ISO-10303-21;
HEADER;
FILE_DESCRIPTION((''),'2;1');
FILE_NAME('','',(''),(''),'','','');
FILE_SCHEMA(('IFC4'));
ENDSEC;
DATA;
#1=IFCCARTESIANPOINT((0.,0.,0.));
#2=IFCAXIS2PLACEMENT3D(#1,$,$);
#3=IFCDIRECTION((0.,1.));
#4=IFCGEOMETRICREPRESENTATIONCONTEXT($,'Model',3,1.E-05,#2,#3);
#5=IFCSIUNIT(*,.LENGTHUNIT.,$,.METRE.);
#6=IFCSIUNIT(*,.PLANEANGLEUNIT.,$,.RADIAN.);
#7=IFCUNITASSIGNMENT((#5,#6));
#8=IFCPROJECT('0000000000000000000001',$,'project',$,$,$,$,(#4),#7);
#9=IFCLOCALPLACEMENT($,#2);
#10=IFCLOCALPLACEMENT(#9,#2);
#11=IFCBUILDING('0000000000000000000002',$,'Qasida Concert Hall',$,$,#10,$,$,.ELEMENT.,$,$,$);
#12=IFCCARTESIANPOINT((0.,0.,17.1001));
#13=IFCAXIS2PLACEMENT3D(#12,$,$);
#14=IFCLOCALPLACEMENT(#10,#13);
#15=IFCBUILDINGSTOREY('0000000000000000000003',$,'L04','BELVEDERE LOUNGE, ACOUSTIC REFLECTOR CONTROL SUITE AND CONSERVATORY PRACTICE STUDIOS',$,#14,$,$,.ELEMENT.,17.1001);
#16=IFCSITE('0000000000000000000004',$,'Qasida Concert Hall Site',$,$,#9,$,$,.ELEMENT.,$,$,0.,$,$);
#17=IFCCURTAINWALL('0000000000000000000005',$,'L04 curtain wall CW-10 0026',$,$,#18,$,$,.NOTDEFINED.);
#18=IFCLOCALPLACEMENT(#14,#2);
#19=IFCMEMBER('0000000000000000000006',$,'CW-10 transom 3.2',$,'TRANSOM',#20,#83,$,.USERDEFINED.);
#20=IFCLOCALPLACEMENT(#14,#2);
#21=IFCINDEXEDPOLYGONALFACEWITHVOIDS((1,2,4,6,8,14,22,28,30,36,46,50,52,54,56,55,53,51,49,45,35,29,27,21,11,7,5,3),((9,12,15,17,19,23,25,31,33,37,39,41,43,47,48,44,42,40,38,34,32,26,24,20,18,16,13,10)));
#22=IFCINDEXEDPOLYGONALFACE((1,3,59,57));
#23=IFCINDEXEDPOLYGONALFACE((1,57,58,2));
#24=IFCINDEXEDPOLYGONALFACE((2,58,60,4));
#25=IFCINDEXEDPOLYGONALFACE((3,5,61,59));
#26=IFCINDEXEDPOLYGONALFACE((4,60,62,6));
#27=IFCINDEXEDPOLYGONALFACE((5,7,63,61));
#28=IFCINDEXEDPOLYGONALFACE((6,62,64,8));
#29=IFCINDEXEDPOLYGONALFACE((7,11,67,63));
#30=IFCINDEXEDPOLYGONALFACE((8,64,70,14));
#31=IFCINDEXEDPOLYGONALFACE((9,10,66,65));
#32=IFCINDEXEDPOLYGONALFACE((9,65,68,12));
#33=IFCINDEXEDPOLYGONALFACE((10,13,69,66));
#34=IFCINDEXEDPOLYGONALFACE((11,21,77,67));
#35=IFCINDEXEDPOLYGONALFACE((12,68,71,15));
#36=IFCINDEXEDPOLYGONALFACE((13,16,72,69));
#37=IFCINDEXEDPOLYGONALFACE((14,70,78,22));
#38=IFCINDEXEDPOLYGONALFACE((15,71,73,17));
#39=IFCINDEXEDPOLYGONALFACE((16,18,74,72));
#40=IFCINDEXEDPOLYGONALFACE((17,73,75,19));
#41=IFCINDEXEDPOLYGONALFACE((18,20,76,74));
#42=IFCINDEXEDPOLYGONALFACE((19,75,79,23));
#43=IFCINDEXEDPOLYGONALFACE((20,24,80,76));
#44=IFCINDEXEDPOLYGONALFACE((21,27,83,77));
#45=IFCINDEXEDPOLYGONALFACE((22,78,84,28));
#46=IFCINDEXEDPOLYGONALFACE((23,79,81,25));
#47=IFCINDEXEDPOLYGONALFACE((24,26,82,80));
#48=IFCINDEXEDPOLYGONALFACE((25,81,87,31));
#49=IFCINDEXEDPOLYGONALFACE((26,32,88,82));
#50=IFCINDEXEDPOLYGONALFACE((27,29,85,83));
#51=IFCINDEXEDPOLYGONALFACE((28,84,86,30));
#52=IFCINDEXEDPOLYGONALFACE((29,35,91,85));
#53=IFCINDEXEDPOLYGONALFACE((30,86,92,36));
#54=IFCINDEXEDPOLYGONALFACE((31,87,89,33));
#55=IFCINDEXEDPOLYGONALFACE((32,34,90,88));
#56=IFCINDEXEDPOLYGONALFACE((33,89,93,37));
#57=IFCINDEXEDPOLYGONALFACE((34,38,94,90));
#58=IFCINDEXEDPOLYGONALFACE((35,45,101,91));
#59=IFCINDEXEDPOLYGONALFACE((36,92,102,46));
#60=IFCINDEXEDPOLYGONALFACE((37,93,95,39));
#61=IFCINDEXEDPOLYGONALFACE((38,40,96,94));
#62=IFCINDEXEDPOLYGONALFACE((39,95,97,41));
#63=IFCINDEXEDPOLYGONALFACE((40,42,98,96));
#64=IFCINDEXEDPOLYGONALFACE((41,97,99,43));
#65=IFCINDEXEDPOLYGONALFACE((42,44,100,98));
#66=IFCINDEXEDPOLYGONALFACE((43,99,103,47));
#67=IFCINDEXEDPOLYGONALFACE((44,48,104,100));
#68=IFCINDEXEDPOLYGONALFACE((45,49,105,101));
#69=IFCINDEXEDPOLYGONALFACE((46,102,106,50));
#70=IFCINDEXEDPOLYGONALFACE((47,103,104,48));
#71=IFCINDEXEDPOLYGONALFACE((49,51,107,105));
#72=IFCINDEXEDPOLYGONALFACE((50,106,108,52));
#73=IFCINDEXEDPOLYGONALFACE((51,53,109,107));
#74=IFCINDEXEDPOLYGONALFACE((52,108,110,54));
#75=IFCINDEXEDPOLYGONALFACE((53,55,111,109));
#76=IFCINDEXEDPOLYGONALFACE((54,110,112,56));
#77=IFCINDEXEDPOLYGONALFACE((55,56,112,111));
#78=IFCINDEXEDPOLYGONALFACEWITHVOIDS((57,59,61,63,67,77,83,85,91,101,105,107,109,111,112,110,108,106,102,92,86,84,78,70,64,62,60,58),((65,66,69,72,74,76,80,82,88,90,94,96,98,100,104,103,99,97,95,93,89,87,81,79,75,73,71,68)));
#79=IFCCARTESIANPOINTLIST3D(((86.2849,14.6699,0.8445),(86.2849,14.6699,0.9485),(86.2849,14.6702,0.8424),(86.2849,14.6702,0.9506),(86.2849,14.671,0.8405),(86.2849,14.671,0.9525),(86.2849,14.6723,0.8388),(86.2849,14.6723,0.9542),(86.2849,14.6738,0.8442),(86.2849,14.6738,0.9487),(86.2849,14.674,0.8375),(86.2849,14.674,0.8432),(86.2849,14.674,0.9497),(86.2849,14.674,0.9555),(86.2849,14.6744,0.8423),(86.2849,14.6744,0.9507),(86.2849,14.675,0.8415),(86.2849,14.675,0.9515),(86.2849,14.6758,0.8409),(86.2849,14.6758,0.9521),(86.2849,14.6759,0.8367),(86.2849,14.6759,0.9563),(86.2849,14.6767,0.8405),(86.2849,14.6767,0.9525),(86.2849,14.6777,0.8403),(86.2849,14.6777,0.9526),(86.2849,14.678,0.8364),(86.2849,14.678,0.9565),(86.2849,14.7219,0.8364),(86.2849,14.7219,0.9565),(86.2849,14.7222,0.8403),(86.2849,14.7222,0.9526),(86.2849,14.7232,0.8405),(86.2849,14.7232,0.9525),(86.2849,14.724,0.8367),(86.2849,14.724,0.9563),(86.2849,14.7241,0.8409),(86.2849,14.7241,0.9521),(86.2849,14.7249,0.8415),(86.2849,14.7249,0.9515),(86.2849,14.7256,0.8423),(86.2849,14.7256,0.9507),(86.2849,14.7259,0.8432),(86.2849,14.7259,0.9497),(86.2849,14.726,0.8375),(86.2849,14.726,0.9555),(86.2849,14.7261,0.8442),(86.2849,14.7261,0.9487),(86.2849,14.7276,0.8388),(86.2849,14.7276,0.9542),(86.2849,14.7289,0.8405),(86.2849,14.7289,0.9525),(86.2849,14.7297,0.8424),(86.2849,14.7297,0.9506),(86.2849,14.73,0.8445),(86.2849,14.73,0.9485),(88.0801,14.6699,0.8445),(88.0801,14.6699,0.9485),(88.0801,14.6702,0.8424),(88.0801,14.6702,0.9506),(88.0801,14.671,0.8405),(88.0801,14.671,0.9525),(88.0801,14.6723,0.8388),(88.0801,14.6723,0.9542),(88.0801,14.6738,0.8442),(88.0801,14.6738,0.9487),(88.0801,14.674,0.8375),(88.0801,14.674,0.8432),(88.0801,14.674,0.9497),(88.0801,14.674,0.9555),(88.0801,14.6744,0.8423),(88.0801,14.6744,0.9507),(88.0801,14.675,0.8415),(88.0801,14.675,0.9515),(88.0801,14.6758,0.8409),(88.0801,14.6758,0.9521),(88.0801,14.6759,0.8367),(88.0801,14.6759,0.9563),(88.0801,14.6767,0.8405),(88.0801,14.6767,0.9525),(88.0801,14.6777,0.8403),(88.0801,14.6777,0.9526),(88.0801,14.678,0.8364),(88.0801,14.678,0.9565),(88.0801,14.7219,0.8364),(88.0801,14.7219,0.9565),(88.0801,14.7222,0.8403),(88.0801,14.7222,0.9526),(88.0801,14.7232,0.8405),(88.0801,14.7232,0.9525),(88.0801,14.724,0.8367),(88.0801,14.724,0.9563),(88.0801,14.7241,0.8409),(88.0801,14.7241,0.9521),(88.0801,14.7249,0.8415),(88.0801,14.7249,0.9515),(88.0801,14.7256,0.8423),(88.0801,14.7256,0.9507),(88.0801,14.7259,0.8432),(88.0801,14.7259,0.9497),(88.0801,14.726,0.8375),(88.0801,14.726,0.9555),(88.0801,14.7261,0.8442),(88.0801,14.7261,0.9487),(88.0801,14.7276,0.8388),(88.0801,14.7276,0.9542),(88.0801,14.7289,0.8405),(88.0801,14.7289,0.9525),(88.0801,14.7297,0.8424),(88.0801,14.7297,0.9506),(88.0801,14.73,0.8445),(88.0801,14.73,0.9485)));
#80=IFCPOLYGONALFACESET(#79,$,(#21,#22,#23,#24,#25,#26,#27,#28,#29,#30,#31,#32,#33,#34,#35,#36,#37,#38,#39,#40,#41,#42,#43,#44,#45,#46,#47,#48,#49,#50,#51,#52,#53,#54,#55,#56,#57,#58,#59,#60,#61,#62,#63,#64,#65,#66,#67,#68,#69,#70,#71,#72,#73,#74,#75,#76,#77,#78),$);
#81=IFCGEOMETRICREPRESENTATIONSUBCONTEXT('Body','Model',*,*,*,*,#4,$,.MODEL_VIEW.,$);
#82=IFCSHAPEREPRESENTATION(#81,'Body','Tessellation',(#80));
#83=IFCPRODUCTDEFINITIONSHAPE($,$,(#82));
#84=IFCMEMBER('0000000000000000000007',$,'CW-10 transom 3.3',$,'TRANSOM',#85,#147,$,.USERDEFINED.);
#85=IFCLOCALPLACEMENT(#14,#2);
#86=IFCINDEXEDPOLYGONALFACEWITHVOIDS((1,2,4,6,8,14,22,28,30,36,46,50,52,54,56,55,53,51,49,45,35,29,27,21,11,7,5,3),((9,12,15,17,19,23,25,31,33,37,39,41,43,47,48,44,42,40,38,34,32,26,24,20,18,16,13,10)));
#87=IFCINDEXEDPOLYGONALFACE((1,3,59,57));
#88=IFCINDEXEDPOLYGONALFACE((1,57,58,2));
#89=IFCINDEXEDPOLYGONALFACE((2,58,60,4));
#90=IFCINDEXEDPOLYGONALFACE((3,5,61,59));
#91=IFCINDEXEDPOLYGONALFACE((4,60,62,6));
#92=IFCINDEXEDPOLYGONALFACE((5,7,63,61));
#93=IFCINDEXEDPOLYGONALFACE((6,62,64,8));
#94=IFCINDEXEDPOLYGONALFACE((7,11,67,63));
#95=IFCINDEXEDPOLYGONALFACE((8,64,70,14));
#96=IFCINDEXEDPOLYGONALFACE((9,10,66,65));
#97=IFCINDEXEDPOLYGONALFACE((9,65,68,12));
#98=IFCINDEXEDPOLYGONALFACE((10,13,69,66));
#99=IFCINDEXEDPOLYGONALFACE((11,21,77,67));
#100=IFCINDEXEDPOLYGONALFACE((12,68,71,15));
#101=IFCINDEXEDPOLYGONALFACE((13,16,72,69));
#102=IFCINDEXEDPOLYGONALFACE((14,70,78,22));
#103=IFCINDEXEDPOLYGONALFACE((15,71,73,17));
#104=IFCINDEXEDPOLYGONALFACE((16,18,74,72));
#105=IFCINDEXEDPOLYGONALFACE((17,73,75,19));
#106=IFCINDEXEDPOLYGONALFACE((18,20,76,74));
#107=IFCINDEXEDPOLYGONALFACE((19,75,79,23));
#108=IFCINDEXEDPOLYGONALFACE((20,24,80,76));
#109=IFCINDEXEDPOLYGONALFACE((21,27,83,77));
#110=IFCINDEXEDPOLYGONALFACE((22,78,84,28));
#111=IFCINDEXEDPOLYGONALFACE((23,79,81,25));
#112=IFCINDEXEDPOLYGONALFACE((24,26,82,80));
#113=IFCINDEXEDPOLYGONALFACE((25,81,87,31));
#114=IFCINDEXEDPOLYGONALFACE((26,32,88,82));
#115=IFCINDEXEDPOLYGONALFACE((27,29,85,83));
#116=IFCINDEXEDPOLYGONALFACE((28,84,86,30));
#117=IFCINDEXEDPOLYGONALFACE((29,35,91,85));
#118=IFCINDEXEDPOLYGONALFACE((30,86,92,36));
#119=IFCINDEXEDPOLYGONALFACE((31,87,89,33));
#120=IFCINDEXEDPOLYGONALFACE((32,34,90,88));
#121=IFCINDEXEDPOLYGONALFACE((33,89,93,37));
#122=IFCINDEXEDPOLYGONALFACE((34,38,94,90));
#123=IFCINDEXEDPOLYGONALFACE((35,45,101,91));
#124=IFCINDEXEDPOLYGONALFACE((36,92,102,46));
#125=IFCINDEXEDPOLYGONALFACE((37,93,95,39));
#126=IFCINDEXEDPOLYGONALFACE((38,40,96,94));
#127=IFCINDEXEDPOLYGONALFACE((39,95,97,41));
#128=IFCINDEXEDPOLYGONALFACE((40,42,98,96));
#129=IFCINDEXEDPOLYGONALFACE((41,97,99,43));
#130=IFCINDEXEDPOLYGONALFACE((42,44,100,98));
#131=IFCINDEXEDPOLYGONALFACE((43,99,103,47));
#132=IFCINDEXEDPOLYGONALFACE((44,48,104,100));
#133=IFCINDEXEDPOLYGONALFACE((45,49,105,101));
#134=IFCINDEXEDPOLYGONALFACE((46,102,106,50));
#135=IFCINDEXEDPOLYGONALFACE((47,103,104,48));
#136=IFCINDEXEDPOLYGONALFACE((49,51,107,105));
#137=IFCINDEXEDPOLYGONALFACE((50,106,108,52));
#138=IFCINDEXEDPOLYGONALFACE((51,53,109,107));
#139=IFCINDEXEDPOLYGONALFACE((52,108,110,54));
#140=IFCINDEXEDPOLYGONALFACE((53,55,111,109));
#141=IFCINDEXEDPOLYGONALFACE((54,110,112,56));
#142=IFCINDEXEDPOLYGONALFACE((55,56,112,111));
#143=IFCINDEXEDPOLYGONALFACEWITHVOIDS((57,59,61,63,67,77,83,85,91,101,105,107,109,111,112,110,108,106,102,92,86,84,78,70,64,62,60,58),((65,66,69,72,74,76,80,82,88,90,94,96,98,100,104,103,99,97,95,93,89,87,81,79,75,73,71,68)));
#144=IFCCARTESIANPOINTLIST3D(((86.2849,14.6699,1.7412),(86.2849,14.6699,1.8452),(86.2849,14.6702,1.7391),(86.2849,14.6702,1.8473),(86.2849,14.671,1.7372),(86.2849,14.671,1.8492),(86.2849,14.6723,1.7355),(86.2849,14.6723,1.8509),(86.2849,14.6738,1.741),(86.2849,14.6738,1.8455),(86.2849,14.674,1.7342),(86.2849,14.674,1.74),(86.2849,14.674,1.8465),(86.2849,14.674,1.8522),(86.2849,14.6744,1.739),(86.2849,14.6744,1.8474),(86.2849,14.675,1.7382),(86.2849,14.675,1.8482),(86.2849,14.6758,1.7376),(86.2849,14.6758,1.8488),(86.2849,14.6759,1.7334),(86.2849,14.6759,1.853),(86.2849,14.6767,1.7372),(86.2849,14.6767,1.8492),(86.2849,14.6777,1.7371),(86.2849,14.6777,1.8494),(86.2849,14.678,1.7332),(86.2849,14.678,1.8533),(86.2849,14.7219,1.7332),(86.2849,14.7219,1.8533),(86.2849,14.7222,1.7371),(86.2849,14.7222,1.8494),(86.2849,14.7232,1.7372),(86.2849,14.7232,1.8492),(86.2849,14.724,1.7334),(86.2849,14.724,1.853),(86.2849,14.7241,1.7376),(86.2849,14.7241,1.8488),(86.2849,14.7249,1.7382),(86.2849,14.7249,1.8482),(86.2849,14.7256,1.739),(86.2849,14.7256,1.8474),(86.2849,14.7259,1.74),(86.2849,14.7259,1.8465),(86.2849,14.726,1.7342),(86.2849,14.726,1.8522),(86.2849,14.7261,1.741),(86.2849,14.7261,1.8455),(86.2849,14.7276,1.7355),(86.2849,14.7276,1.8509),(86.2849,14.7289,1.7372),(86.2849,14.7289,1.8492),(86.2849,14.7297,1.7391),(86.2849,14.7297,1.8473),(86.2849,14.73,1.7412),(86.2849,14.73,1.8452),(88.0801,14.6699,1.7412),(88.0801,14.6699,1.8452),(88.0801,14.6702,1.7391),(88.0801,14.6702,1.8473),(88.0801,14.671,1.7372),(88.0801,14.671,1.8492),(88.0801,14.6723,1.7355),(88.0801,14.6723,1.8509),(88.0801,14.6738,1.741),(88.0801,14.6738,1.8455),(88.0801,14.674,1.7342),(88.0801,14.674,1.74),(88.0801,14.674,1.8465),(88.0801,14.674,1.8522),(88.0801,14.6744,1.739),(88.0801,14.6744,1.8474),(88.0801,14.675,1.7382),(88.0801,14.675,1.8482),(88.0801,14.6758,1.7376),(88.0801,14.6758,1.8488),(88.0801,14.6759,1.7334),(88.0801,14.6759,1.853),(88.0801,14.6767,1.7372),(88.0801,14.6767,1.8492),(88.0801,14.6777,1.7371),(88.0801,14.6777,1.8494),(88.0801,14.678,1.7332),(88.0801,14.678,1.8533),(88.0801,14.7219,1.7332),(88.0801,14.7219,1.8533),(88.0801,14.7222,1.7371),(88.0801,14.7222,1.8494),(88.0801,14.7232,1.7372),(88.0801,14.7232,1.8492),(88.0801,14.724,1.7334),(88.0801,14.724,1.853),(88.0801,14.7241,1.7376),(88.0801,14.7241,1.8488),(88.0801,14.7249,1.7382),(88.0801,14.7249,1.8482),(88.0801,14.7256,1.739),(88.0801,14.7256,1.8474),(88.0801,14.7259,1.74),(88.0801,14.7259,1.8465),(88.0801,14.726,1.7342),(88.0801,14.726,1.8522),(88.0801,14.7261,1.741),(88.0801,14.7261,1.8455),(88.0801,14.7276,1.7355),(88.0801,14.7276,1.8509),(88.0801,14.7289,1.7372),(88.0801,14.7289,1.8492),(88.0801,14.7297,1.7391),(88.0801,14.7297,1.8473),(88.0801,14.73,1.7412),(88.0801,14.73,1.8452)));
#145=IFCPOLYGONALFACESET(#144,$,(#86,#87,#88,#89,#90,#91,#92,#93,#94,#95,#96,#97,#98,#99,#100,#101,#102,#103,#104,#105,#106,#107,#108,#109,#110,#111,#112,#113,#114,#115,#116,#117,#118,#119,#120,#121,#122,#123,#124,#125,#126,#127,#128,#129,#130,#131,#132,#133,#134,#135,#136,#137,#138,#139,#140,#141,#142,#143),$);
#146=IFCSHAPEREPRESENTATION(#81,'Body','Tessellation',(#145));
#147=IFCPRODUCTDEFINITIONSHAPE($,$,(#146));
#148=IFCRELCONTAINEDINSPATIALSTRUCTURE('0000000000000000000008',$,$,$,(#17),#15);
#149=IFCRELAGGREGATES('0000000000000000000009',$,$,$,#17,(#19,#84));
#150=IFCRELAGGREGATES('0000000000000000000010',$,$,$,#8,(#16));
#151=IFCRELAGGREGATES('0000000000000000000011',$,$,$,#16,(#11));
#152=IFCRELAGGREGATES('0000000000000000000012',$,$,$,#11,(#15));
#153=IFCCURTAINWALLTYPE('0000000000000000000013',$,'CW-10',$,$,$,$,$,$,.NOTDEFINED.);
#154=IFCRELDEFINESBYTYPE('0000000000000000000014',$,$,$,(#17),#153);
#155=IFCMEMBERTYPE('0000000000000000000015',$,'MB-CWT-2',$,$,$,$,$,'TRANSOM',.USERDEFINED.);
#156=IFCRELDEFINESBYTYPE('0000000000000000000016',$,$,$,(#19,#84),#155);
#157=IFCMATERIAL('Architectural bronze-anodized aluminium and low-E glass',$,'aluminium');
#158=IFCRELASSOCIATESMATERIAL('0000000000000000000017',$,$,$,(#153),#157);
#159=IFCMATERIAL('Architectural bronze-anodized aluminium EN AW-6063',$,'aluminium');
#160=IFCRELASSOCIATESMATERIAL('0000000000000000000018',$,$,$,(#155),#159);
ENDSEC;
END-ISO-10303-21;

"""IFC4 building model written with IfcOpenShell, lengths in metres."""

from ifc_helpers import new_model, si_unit, direction, frame, origin, origin_2d, place, context, subcontext, project, spatial, hollow_rectangle, extrude, material, material_profile, profile_set, type_object, element, aggregate, save


model = new_model("IFC4")

# Units and contexts
model_context = context("Model", 3, precision=1e-05, world=origin(), true_north=direction((0.0, 1.0)))
body_context = subcontext(model_context, "Body", "Model", "MODEL_VIEW")
ifc_project = project(units=[si_unit("LENGTHUNIT", "METRE"), si_unit("PLANEANGLEUNIT", "RADIAN")], contexts=[model_context])

# Site, building, storey
site_placement = place(None, origin())
site = spatial("IfcSite", under=ifc_project, at=site_placement, Name="Qasida Concert Hall Site", CompositionType="ELEMENT", RefElevation=0.0)
building_placement = place(site_placement, origin())
building = spatial("IfcBuilding", under=site, at=building_placement, Name="Qasida Concert Hall", CompositionType="ELEMENT")
storey_placement = place(building_placement, frame((0.0, 0.0, 17.1001)))
storey = spatial("IfcBuildingStorey", under=building, at=storey_placement, Name="L04", Description="BELVEDERE LOUNGE, ACOUSTIC REFLECTOR CONTROL SUITE AND CONSERVATORY PRACTICE STUDIOS", CompositionType="ELEMENT", Elevation=17.1001)

# Curtain wall, members
ifc_material_1 = material(Name="Architectural bronze-anodized aluminium and low-E glass", Category="aluminium")
curtain_wall_type = type_object("IfcCurtainWallType", Name="CW-10", PredefinedType="NOTDEFINED", material=ifc_material_1)
curtain_wall_placement = place(storey_placement, origin())
curtain_wall = element("IfcCurtainWall", 1, at=curtain_wall_placement, inside=storey, type_object=curtain_wall_type, Name="L04 curtain wall CW-10 0026", PredefinedType="NOTDEFINED")
ifc_material_2 = material(Name="Architectural bronze-anodized aluminium EN AW-6063", Category="aluminium")
ifc_material_profile_1 = material_profile(ifc_material_2, hollow_rectangle(XDim=0.0601, YDim=0.1201, WallThickness=0.0039, InnerFilletRadius=0.0039, OuterFilletRadius=0.0081, at=origin_2d()), Name="CWT 120x60x4")
ifc_profile_set_1 = profile_set([ifc_material_profile_1], Name="Architectural bronze-anodized aluminium EN AW-6063")
member_type_1 = type_object("IfcMemberType", Name="MB-CWT-2", ElementType="TRANSOM", PredefinedType="USERDEFINED", material=ifc_profile_set_1)
member_1_placement = place(storey_placement, frame((86.2849, 14.7, 0.8965), z_axis=(1.0, 0.0, 0.0), x_axis=(0.0, 1.0, 0.0)))
member_1 = element("IfcMember", 2, at=member_1_placement, type_object=member_type_1, Name="CW-10 transom 3.2", ObjectType="TRANSOM", PredefinedType="USERDEFINED", context=body_context, shape_type="SweptSolid", body=[
    extrude(hollow_rectangle(XDim=0.0601, YDim=0.1201, WallThickness=0.0039, InnerFilletRadius=0.0039, OuterFilletRadius=0.0081, at=origin_2d()), origin(), (0.0, 0.0, 1.0), 1.7952),
])
member_2_placement = place(storey_placement, frame((86.2849, 14.7, 1.7932), z_axis=(1.0, 0.0, 0.0), x_axis=(0.0, 1.0, 0.0)))
member_2 = element("IfcMember", 3, at=member_2_placement, type_object=member_type_1, Name="CW-10 transom 3.3", ObjectType="TRANSOM", PredefinedType="USERDEFINED", context=body_context, shape_type="SweptSolid", body=[
    extrude(hollow_rectangle(XDim=0.0601, YDim=0.1201, WallThickness=0.0039, InnerFilletRadius=0.0039, OuterFilletRadius=0.0081, at=origin_2d()), origin(), (0.0, 0.0, 1.0), 1.7952),
])
aggregate(curtain_wall, [member_1, member_2])

save(model, "model.ifc")
